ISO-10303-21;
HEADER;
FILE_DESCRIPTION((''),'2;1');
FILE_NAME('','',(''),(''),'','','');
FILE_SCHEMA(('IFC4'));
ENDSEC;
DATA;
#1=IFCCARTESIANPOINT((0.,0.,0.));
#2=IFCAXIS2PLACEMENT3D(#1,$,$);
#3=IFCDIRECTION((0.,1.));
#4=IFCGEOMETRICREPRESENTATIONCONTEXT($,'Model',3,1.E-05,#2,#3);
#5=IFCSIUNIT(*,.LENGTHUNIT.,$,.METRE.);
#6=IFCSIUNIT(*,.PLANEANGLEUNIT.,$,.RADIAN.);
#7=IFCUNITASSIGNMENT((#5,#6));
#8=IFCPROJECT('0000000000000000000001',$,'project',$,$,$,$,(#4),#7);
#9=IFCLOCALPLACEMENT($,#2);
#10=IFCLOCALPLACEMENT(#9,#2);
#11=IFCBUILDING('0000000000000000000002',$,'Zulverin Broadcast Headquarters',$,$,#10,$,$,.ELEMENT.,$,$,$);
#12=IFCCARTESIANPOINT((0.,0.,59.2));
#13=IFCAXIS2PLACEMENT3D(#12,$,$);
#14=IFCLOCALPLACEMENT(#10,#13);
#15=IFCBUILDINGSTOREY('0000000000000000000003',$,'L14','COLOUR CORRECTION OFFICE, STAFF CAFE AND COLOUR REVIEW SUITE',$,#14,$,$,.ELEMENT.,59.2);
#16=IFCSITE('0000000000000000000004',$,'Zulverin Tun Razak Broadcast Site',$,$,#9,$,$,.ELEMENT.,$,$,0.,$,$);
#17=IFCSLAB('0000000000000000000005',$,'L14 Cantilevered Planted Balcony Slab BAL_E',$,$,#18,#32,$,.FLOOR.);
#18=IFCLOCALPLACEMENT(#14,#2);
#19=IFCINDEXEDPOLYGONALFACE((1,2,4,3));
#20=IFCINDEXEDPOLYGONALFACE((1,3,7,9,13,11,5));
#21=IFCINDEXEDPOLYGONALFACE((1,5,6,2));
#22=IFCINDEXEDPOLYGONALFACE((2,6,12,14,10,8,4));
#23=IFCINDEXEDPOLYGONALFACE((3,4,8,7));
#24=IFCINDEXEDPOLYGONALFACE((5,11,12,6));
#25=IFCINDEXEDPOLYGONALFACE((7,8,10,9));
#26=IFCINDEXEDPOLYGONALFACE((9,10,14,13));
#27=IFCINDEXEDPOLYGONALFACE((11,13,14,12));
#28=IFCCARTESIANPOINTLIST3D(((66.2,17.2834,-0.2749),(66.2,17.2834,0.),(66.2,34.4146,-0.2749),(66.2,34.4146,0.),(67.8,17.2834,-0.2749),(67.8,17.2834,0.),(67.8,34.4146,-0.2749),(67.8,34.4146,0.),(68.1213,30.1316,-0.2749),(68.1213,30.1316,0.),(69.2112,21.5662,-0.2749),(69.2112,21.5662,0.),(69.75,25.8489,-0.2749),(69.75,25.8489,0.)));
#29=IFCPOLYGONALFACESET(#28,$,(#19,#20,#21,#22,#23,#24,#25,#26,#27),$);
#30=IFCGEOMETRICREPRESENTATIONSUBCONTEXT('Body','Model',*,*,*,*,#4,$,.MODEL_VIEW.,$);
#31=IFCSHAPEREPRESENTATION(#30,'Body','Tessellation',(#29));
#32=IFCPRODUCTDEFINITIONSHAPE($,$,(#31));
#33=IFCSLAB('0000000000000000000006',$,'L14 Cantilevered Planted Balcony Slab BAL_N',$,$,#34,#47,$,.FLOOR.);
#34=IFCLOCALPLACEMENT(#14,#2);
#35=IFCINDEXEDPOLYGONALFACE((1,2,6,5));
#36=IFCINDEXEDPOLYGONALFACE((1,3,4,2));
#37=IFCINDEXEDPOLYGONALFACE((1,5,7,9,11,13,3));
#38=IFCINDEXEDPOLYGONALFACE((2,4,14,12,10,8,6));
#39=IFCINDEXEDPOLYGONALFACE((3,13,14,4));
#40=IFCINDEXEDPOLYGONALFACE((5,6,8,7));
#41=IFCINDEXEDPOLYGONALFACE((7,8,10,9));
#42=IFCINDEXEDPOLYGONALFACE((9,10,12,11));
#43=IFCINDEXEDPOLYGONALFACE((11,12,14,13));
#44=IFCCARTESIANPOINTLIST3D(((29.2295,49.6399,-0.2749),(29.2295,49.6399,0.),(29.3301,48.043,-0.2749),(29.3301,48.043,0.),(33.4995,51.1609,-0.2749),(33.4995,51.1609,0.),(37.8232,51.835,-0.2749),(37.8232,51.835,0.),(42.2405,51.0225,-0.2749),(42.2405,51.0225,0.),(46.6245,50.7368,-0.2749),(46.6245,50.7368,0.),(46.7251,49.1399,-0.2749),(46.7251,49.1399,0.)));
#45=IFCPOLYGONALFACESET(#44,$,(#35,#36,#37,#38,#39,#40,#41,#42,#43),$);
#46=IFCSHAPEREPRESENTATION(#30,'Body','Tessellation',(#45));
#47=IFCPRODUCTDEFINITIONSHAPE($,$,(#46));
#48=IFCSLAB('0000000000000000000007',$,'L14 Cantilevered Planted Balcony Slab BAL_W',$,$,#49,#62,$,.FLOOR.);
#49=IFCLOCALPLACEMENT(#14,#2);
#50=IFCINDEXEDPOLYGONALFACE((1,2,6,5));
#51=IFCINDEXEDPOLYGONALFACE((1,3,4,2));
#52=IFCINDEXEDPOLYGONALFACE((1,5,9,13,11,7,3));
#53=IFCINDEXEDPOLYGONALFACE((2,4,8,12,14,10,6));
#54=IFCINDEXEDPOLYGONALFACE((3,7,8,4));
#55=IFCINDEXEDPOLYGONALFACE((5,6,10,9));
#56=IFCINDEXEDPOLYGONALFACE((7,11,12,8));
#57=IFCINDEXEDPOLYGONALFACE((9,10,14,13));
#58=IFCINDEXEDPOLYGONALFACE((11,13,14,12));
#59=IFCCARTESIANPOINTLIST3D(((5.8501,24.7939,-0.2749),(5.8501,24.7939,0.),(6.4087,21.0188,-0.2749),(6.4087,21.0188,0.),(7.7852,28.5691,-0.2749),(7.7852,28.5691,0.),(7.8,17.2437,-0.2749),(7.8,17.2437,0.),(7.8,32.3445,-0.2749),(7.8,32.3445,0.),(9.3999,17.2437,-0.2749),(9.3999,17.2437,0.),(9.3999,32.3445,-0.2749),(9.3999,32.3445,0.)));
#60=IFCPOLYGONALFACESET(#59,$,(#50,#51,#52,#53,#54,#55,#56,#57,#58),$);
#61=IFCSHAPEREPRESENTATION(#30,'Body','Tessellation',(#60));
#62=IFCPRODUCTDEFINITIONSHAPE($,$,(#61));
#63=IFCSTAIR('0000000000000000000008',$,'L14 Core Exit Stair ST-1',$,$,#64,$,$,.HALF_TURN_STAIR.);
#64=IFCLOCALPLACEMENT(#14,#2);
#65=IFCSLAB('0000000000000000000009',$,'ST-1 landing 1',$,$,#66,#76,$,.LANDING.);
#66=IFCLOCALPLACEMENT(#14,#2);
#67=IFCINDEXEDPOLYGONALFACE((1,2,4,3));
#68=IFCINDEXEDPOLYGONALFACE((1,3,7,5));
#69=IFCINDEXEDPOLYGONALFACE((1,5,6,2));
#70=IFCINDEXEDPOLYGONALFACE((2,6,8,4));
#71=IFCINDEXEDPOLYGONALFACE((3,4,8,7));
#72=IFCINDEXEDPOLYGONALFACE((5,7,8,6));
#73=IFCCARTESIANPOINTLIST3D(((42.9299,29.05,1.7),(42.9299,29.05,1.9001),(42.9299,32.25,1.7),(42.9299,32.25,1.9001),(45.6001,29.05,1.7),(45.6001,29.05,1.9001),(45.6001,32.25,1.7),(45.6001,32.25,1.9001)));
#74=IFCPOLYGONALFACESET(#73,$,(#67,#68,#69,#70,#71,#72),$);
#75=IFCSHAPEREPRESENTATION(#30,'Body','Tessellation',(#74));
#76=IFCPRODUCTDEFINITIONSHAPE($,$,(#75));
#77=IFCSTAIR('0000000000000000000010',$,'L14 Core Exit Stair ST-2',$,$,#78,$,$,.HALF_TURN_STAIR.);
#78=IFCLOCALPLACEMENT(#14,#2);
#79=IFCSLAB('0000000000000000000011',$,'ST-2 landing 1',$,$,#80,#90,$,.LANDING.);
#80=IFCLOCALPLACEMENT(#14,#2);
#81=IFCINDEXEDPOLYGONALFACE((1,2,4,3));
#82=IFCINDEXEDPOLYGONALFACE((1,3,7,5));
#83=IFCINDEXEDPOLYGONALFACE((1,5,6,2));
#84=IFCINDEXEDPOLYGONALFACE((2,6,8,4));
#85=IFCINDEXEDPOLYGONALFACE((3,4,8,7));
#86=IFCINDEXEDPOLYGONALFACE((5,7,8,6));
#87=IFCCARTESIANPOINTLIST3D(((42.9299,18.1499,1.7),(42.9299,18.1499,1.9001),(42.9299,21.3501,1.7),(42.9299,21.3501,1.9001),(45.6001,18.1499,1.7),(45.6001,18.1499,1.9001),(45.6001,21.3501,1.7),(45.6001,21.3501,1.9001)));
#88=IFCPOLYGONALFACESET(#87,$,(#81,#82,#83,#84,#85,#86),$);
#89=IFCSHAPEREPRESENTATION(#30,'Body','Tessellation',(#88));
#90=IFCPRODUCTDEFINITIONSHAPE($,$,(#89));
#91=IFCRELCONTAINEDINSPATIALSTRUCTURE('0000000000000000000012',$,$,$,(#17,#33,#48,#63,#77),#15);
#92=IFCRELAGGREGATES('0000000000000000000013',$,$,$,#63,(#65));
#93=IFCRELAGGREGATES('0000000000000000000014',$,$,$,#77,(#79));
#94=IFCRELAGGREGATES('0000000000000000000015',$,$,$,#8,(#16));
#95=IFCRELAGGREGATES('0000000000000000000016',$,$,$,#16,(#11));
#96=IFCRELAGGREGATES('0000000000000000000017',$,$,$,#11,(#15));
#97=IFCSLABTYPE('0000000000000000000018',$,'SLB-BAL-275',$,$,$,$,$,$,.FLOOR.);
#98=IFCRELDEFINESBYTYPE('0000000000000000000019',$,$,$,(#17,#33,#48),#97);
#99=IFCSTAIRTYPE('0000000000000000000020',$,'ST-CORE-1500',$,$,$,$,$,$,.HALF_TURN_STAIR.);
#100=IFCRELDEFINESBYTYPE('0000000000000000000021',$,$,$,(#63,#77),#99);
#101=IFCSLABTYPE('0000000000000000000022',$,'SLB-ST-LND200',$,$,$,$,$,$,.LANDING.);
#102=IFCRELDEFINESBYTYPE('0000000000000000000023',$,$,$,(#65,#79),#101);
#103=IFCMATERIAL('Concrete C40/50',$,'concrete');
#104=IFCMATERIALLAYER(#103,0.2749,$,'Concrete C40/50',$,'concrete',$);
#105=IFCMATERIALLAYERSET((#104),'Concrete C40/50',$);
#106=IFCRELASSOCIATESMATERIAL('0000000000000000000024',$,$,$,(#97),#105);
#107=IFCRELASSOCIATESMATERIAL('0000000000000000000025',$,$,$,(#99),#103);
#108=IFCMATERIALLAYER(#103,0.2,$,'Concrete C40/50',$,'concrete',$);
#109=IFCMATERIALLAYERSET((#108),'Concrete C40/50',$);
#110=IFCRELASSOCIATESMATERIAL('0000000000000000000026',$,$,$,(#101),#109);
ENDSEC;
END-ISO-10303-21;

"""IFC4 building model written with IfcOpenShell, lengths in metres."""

from ifc_helpers import new_model, si_unit, direction, frame, origin, place, context, subcontext, project, spatial, polyline, outline, extrude, material, layer, layer_set, type_object, element, aggregate, save


model = new_model("IFC4")

# Units and contexts
model_context = context("Model", 3, precision=1e-05, world=origin(), true_north=direction((0.0, 1.0)))
body_context = subcontext(model_context, "Body", "Model", "MODEL_VIEW")
ifc_project = project(units=[si_unit("LENGTHUNIT", "METRE"), si_unit("PLANEANGLEUNIT", "RADIAN")], contexts=[model_context])

# Site, building, storey
site_placement = place(None, origin())
site = spatial("IfcSite", under=ifc_project, at=site_placement, Name="Zulverin Tun Razak Broadcast Site", CompositionType="ELEMENT", RefElevation=0.0)
building_placement = place(site_placement, origin())
building = spatial("IfcBuilding", under=site, at=building_placement, Name="Zulverin Broadcast Headquarters", CompositionType="ELEMENT")
storey_placement = place(building_placement, frame((0.0, 0.0, 59.2)))
storey = spatial("IfcBuildingStorey", under=building, at=storey_placement, Name="L14", Description="COLOUR CORRECTION OFFICE, STAFF CAFE AND COLOUR REVIEW SUITE", CompositionType="ELEMENT", Elevation=59.2)

# Slabs
ifc_material_1 = material(Name="Concrete C40/50", Category="concrete")
ifc_layer_1 = layer(ifc_material_1, 0.2749, Name="Concrete C40/50", Category="concrete")
ifc_layer_set_1 = layer_set([ifc_layer_1], Name="Concrete C40/50")
slab_type_1 = type_object("IfcSlabType", Name="SLB-BAL-275", PredefinedType="FLOOR", material=ifc_layer_set_1)
slab_1_placement = place(storey_placement, frame((0.0, 0.0, -0.2749)))
element("IfcSlab", 1, at=slab_1_placement, inside=storey, type_object=slab_type_1, Name="L14 Cantilevered Planted Balcony Slab BAL_E", PredefinedType="FLOOR", context=body_context, shape_type="SweptSolid", body=[
    extrude(outline(polyline([(66.2, 34.4146), (66.2, 17.2834), (67.8, 17.2834), (69.2112, 21.5662), (69.75, 25.8489), (68.1213, 30.1316), (67.8, 34.4146), (66.2, 34.4146)])), origin(), (0.0, 0.0, 1.0), 0.2749),
])
slab_2_placement = place(storey_placement, frame((0.0, 0.0, -0.2749)))
element("IfcSlab", 2, at=slab_2_placement, inside=storey, type_object=slab_type_1, Name="L14 Cantilevered Planted Balcony Slab BAL_N", PredefinedType="FLOOR", context=body_context, shape_type="SweptSolid", body=[
    extrude(outline(polyline([(29.3301, 48.043), (46.7251, 49.1399), (46.6245, 50.7368), (42.2405, 51.0225), (37.8232, 51.835), (33.4995, 51.1609), (29.2295, 49.6399), (29.3301, 48.043)])), origin(), (0.0, 0.0, 1.0), 0.2749),
])
slab_3_placement = place(storey_placement, frame((0.0, 0.0, -0.2749)))
element("IfcSlab", 3, at=slab_3_placement, inside=storey, type_object=slab_type_1, Name="L14 Cantilevered Planted Balcony Slab BAL_W", PredefinedType="FLOOR", context=body_context, shape_type="SweptSolid", body=[
    extrude(outline(polyline([(9.3999, 17.2437), (9.3999, 32.3445), (7.8, 32.3445), (7.7852, 28.5691), (5.8501, 24.7939), (6.4087, 21.0188), (7.8, 17.2437), (9.3999, 17.2437)])), origin(), (0.0, 0.0, 1.0), 0.2749),
])

# Stairs, slabs
stair_type = type_object("IfcStairType", Name="ST-CORE-1500", PredefinedType="HALF_TURN_STAIR", material=ifc_material_1)
stair_1_placement = place(storey_placement, origin())
stair_1 = element("IfcStair", 4, at=stair_1_placement, inside=storey, type_object=stair_type, Name="L14 Core Exit Stair ST-1", PredefinedType="HALF_TURN_STAIR")
ifc_layer_2 = layer(ifc_material_1, 0.2, Name="Concrete C40/50", Category="concrete")
ifc_layer_set_2 = layer_set([ifc_layer_2], Name="Concrete C40/50")
slab_type_2 = type_object("IfcSlabType", Name="SLB-ST-LND200", PredefinedType="LANDING", material=ifc_layer_set_2)
slab_4_placement = place(storey_placement, frame((0.0, 0.0, 1.7)))
slab_4 = element("IfcSlab", 5, at=slab_4_placement, type_object=slab_type_2, Name="ST-1 landing 1", PredefinedType="LANDING", context=body_context, shape_type="SweptSolid", body=[
    extrude(outline(polyline([(42.9299, 29.05), (45.6001, 29.05), (45.6001, 32.25), (42.9299, 32.25), (42.9299, 29.05)])), origin(), (0.0, 0.0, 1.0), 0.2002),
])
aggregate(stair_1, [slab_4])
stair_2_placement = place(storey_placement, origin())
stair_2 = element("IfcStair", 6, at=stair_2_placement, inside=storey, type_object=stair_type, Name="L14 Core Exit Stair ST-2", PredefinedType="HALF_TURN_STAIR")
slab_5_placement = place(storey_placement, frame((0.0, 0.0, 1.7)))
slab_5 = element("IfcSlab", 7, at=slab_5_placement, type_object=slab_type_2, Name="ST-2 landing 1", PredefinedType="LANDING", context=body_context, shape_type="SweptSolid", body=[
    extrude(outline(polyline([(42.9299, 18.1499), (45.6001, 18.1499), (45.6001, 21.3501), (42.9299, 21.3501), (42.9299, 18.1499)])), origin(), (0.0, 0.0, 1.0), 0.2002),
])
aggregate(stair_2, [slab_5])

save(model, "model.ifc")
